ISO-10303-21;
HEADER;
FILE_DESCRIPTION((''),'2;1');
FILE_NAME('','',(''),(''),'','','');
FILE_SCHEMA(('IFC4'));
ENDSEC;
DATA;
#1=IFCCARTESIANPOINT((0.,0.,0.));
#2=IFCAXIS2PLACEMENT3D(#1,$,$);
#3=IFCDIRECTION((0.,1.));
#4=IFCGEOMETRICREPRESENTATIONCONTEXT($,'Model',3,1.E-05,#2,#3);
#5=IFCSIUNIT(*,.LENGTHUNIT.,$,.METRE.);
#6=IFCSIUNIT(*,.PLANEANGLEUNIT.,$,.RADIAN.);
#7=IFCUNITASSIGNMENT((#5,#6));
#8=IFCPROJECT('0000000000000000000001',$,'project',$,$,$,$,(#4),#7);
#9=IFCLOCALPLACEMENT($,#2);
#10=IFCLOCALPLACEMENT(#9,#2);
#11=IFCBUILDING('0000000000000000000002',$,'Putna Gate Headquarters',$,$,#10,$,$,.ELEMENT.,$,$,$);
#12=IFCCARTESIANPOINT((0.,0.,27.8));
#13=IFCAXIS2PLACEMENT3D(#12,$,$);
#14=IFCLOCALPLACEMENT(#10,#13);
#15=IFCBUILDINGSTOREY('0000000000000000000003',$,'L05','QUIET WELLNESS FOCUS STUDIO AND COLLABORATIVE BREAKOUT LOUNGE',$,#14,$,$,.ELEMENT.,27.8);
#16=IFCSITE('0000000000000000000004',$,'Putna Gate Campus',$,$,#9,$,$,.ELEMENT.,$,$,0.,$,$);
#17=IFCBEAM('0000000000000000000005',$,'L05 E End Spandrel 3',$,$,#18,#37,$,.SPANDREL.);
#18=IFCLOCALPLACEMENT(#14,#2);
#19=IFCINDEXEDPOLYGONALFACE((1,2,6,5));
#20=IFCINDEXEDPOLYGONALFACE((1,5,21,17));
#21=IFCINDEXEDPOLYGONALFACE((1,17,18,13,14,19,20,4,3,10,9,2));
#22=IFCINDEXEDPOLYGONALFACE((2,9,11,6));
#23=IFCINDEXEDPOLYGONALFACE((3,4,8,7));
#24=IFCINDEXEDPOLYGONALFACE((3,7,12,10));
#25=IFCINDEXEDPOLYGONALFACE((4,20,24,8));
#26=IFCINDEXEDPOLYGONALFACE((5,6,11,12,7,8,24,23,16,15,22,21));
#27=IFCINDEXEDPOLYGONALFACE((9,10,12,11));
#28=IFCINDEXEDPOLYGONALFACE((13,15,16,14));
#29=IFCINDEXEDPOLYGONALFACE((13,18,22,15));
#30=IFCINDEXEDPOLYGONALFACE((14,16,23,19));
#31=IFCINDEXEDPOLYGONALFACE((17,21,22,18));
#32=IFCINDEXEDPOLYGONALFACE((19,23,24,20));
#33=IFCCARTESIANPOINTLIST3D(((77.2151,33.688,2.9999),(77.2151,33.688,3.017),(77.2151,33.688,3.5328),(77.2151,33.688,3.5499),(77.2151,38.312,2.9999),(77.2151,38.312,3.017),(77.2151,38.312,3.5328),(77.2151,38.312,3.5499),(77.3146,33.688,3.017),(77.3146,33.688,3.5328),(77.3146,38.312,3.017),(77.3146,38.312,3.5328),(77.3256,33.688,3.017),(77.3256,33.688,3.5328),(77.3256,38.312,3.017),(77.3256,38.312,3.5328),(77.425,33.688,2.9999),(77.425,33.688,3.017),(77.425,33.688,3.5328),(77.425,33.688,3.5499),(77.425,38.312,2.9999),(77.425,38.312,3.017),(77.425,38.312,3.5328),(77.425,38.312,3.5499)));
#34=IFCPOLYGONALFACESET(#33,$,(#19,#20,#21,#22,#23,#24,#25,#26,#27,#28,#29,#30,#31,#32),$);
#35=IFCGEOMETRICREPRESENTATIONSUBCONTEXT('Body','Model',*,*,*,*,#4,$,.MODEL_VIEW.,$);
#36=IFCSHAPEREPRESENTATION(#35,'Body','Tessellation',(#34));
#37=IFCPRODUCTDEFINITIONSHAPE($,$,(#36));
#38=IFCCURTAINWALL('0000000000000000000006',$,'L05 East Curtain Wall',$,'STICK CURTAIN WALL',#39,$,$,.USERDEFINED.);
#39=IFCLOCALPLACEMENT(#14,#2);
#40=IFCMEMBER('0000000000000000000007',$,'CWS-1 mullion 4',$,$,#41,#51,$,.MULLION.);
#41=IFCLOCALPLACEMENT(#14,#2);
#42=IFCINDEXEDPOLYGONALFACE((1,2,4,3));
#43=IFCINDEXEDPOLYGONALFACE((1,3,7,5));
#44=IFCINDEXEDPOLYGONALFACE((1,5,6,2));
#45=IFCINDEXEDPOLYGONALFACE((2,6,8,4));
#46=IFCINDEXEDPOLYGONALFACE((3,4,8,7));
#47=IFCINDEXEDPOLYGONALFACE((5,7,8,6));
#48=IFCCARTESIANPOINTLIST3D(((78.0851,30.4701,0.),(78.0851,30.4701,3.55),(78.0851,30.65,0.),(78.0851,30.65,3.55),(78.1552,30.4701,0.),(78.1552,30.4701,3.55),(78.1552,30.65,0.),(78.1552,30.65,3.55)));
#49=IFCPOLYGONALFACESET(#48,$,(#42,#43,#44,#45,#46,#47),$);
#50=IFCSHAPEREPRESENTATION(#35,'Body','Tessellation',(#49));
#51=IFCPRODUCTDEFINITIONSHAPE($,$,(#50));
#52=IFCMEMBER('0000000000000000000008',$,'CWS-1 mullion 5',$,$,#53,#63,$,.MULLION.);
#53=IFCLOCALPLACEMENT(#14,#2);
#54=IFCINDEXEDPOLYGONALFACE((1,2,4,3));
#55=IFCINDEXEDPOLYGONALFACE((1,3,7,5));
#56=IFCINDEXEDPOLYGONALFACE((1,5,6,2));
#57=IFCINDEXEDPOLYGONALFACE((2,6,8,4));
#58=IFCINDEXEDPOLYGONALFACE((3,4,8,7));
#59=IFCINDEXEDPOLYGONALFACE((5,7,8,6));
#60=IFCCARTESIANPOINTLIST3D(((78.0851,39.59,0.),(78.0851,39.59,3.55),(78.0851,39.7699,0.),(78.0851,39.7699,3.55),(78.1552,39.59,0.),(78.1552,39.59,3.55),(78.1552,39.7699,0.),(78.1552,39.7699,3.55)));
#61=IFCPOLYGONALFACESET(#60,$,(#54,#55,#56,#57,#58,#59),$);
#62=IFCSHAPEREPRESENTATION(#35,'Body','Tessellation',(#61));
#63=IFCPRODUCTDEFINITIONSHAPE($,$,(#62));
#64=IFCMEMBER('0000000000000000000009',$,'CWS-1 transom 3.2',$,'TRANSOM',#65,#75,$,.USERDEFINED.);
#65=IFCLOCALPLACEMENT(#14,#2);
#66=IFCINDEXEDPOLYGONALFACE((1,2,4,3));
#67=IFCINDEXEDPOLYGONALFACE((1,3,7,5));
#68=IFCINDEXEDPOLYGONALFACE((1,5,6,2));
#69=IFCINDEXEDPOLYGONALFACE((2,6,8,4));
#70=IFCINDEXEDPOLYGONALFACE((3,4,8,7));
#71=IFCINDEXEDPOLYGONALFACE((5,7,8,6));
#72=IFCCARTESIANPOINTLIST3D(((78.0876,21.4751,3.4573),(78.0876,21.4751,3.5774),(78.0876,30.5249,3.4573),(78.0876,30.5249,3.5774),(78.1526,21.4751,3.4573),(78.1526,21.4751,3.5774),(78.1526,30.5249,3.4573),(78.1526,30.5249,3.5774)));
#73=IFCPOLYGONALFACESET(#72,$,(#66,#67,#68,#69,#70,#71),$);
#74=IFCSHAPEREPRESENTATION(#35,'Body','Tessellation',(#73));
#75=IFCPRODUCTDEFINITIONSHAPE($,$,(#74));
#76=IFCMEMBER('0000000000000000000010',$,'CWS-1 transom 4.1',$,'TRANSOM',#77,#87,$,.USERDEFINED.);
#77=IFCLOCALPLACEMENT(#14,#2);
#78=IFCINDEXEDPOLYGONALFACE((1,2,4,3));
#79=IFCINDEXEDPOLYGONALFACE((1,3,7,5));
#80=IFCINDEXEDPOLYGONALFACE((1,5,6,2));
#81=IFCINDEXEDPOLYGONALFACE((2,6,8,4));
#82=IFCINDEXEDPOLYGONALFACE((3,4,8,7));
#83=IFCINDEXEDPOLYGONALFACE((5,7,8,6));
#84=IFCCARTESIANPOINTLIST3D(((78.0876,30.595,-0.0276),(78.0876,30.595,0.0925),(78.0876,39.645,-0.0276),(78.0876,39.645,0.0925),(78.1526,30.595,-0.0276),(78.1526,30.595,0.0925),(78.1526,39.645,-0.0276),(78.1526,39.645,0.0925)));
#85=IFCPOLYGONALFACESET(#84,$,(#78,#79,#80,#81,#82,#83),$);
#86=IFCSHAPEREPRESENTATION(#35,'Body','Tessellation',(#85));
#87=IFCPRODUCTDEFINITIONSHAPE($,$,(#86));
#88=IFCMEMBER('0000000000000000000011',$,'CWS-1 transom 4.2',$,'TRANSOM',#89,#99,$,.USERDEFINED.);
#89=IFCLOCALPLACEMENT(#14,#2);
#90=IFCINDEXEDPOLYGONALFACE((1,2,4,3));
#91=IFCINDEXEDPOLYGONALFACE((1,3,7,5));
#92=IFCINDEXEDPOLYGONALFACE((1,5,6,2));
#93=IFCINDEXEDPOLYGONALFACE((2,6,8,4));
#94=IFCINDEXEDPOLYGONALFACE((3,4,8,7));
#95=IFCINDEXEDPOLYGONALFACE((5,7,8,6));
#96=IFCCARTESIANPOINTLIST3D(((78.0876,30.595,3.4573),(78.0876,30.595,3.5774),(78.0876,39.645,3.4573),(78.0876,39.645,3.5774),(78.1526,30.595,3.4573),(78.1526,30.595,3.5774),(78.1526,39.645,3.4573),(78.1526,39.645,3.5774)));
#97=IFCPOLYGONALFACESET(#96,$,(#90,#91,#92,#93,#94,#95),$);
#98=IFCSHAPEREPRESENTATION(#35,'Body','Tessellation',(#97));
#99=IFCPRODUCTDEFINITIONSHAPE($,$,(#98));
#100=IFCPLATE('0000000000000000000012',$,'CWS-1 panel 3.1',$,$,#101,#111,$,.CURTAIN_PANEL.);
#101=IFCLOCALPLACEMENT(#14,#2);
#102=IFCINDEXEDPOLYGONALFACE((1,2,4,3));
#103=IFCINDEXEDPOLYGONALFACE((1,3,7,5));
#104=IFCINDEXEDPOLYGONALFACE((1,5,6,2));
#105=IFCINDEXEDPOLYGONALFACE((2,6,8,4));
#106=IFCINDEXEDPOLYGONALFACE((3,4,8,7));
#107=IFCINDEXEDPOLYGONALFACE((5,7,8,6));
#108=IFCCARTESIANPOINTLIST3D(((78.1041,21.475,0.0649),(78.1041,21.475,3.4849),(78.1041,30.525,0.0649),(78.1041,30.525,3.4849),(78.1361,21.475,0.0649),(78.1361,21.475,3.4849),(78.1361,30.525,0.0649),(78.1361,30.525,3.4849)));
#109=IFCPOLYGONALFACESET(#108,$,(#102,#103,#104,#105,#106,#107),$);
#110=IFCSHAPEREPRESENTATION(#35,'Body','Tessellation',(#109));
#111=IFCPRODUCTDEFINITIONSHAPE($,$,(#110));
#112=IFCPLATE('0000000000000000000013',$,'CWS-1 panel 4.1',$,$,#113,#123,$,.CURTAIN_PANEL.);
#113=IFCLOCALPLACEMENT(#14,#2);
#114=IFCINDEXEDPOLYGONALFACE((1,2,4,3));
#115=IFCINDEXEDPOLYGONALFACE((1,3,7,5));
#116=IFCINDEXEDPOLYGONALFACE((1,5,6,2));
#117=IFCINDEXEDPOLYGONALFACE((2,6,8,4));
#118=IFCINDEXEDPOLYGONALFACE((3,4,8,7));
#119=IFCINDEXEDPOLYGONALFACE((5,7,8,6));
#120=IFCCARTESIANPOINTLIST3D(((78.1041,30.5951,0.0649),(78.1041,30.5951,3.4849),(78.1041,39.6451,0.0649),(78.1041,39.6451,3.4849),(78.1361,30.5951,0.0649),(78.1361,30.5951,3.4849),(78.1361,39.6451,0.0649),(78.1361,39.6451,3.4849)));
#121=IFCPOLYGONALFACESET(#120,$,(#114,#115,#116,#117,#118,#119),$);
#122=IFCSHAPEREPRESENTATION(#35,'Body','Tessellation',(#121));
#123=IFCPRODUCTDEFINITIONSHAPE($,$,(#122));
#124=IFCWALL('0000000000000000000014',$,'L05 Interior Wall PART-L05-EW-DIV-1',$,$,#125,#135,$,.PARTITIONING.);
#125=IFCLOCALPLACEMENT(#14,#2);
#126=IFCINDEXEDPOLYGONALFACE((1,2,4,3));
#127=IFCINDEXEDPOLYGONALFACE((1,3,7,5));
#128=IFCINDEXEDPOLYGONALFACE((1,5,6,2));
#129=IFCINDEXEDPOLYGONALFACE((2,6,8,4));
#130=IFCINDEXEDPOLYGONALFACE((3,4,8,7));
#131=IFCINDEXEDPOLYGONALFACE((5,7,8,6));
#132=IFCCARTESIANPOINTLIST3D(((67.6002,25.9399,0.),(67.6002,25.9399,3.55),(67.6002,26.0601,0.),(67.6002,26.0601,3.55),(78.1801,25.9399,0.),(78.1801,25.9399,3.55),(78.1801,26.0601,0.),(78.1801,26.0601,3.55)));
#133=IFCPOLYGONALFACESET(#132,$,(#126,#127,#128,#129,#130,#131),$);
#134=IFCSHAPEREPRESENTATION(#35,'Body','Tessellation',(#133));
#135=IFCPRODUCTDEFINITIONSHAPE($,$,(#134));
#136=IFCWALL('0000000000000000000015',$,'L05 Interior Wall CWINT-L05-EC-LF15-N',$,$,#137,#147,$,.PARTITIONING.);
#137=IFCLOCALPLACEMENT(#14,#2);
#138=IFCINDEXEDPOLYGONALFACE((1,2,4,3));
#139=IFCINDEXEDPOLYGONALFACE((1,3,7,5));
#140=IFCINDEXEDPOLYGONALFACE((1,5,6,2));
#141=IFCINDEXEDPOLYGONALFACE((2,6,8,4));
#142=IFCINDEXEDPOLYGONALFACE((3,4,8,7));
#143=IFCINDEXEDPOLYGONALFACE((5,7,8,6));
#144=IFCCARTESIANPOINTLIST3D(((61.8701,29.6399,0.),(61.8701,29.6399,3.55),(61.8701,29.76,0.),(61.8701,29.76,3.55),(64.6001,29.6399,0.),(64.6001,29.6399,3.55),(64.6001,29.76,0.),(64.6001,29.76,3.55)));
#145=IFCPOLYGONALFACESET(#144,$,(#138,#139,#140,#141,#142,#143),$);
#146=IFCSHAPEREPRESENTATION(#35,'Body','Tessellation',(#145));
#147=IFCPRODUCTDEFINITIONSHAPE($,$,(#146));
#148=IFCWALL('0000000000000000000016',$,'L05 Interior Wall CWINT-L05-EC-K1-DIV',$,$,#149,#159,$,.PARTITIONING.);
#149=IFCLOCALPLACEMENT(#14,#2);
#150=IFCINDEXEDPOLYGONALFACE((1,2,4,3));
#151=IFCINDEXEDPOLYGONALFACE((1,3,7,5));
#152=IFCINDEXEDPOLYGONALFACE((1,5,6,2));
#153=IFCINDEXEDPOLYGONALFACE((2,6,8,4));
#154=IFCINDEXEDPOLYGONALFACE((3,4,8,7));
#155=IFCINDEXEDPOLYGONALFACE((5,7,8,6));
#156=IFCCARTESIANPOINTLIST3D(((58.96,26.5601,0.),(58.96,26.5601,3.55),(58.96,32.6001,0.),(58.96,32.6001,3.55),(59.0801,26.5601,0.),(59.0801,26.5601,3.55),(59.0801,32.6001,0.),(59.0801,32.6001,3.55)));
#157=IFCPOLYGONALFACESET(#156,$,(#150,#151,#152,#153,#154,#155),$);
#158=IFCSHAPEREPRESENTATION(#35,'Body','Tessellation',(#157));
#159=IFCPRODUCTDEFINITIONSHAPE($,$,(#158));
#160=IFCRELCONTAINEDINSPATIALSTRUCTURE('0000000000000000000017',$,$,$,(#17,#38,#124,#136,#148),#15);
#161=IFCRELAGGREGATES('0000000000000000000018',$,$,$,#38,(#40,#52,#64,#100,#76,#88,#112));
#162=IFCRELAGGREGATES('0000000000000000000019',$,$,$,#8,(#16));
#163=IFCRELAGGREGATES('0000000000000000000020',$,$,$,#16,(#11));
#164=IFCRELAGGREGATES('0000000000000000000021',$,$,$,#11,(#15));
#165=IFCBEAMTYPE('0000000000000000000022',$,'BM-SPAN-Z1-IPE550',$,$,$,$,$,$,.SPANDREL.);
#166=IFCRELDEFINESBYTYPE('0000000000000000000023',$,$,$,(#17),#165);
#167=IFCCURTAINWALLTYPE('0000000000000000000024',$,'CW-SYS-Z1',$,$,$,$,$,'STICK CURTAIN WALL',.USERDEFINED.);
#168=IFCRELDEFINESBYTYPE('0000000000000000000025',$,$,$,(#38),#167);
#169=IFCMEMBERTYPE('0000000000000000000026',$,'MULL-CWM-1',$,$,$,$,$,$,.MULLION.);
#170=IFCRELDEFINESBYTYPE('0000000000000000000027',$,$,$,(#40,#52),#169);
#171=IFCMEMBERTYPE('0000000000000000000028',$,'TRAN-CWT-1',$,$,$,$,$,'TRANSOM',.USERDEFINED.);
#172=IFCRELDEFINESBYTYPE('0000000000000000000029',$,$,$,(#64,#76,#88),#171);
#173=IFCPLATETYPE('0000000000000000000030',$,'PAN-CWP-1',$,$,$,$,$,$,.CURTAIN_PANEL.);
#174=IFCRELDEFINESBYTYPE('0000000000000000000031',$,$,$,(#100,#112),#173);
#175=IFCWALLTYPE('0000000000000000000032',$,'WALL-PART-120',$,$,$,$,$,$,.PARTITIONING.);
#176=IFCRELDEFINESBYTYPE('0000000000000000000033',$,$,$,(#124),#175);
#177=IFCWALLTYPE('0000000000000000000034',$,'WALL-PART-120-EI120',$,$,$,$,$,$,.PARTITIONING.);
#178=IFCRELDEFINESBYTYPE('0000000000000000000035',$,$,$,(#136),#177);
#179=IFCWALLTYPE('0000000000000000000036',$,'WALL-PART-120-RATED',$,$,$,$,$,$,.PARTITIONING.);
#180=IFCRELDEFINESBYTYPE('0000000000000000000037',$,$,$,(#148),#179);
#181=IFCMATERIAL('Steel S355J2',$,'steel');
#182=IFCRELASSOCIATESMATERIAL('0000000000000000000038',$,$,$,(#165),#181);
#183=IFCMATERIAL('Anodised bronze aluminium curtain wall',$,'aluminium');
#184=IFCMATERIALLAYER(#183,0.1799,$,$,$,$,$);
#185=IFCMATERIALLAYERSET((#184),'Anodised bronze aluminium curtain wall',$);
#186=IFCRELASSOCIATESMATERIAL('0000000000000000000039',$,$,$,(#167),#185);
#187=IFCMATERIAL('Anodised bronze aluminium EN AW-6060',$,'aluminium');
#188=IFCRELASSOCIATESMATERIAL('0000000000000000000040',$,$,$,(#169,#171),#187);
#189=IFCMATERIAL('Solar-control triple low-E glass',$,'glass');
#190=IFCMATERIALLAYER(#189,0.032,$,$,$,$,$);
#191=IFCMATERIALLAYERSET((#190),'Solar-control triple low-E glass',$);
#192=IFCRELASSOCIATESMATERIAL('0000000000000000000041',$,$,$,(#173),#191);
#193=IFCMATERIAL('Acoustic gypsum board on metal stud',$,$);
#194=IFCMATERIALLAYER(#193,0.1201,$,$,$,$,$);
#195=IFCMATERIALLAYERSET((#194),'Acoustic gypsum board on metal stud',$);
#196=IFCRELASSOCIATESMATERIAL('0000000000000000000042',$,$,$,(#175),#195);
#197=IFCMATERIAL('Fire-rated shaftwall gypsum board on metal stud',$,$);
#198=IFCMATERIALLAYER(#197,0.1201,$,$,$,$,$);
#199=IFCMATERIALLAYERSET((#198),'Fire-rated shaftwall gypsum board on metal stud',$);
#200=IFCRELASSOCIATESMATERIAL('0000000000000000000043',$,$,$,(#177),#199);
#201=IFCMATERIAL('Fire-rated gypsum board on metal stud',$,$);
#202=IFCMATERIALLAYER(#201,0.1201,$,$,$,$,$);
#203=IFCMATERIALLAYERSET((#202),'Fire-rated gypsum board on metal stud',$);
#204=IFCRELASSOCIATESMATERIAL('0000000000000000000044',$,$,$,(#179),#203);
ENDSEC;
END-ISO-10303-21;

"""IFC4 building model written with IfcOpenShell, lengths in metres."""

from ifc_helpers import new_model, si_unit, direction, frame, frame_2d, origin, origin_2d, place, context, subcontext, project, spatial, rectangle, i_section, extrude, material, layer, layer_set, material_profile, profile_set, type_object, element, aggregate, save


model = new_model("IFC4")

# Units and contexts
model_context = context("Model", 3, precision=1e-05, world=origin(), true_north=direction((0.0, 1.0)))
body_context = subcontext(model_context, "Body", "Model", "MODEL_VIEW")
ifc_project = project(units=[si_unit("LENGTHUNIT", "METRE"), si_unit("PLANEANGLEUNIT", "RADIAN")], contexts=[model_context])

# Site, building, storey
site_placement = place(None, origin())
site = spatial("IfcSite", under=ifc_project, at=site_placement, Name="Putna Gate Campus", CompositionType="ELEMENT", RefElevation=0.0)
building_placement = place(site_placement, origin())
building = spatial("IfcBuilding", under=site, at=building_placement, Name="Putna Gate Headquarters", CompositionType="ELEMENT")
storey_placement = place(building_placement, frame((0.0, 0.0, 27.8)))
storey = spatial("IfcBuildingStorey", under=building, at=storey_placement, Name="L05", Description="QUIET WELLNESS FOCUS STUDIO AND COLLABORATIVE BREAKOUT LOUNGE", CompositionType="ELEMENT", Elevation=27.8)

# Beam
ifc_material_1 = material(Name="Steel S355J2", Category="steel")
ifc_material_profile_1 = material_profile(ifc_material_1, i_section(OverallWidth=0.21, OverallDepth=0.55, WebThickness=0.011, FlangeThickness=0.0171, at=origin_2d()), Name="Steel S355J2")
ifc_profile_set_1 = profile_set([ifc_material_profile_1], Name="Steel S355J2")
beam_type_1 = type_object("IfcBeamType", Name="BM-SPAN-Z1-IPE550", PredefinedType="SPANDREL", material=ifc_profile_set_1)
beam_1_placement = place(storey_placement, frame((77.3201, 33.688, 3.2749), z_axis=(0.0, 1.0, 0.0), x_axis=(-1.0, 0.0, 0.0)))
element("IfcBeam", 1, at=beam_1_placement, inside=storey, type_object=beam_type_1, Name="L05 E End Spandrel 3", PredefinedType="SPANDREL", context=body_context, shape_type="SweptSolid", body=[
    extrude(i_section(OverallWidth=0.21, OverallDepth=0.55, WebThickness=0.011, FlangeThickness=0.0171, at=origin_2d()), origin(), (0.0, 0.0, 1.0), 4.624),
])

# Curtain wall, members, plates
ifc_material_2 = material(Name="Anodised bronze aluminium curtain wall", Category="aluminium")
ifc_layer_1 = layer(ifc_material_2, 0.1799)
ifc_layer_set_1 = layer_set([ifc_layer_1], Name="Anodised bronze aluminium curtain wall")
curtain_wall_type = type_object("IfcCurtainWallType", Name="CW-SYS-Z1", ElementType="STICK CURTAIN WALL", PredefinedType="USERDEFINED", material=ifc_layer_set_1)
curtain_wall_placement = place(storey_placement, origin())
curtain_wall = element("IfcCurtainWall", 2, at=curtain_wall_placement, inside=storey, type_object=curtain_wall_type, Name="L05 East Curtain Wall", ObjectType="STICK CURTAIN WALL", PredefinedType="USERDEFINED")
ifc_material_3 = material(Name="Anodised bronze aluminium EN AW-6060", Category="aluminium")
ifc_material_profile_2 = material_profile(ifc_material_3, rectangle(XDim=0.0701, YDim=0.1799, at=origin_2d()), Name="Anodised bronze aluminium EN AW-6060")
ifc_profile_set_2 = profile_set([ifc_material_profile_2], Name="Anodised bronze aluminium EN AW-6060")
member_type_1 = type_object("IfcMemberType", Name="MULL-CWM-1", PredefinedType="MULLION", material=ifc_profile_set_2)
member_1_placement = place(storey_placement, frame((78.1201, 30.5601, 0.0), z_axis=(0.0, 0.0, 1.0), x_axis=(-1.0, 0.0, 0.0)))
member_1 = element("IfcMember", 3, at=member_1_placement, type_object=member_type_1, Name="CWS-1 mullion 4", PredefinedType="MULLION", context=body_context, shape_type="SweptSolid", body=[
    extrude(rectangle(XDim=0.0701, YDim=0.1799, at=origin_2d()), origin(), (0.0, 0.0, 1.0), 3.55),
])
member_2_placement = place(storey_placement, frame((78.1201, 39.6799, 0.0), z_axis=(0.0, 0.0, 1.0), x_axis=(-1.0, 0.0, 0.0)))
member_2 = element("IfcMember", 4, at=member_2_placement, type_object=member_type_1, Name="CWS-1 mullion 5", PredefinedType="MULLION", context=body_context, shape_type="SweptSolid", body=[
    extrude(rectangle(XDim=0.0701, YDim=0.1799, at=origin_2d()), origin(), (0.0, 0.0, 1.0), 3.55),
])
ifc_material_profile_3 = material_profile(ifc_material_3, rectangle(XDim=0.0649, YDim=0.1201, at=origin_2d()), Name="Anodised bronze aluminium EN AW-6060")
ifc_profile_set_3 = profile_set([ifc_material_profile_3], Name="Anodised bronze aluminium EN AW-6060")
member_type_2 = type_object("IfcMemberType", Name="TRAN-CWT-1", ElementType="TRANSOM", PredefinedType="USERDEFINED", material=ifc_profile_set_3)
member_3_placement = place(storey_placement, frame((78.1201, 21.4751, 3.5173), z_axis=(0.0, 1.0, 0.0), x_axis=(-1.0, 0.0, 0.0)))
member_3 = element("IfcMember", 5, at=member_3_placement, type_object=member_type_2, Name="CWS-1 transom 3.2", ObjectType="TRANSOM", PredefinedType="USERDEFINED", context=body_context, shape_type="SweptSolid", body=[
    extrude(rectangle(XDim=0.0649, YDim=0.1201, at=origin_2d()), origin(), (0.0, 0.0, 1.0), 9.0498),
])
member_4_placement = place(storey_placement, frame((78.1201, 30.595, 0.0325), z_axis=(0.0, 1.0, 0.0), x_axis=(-1.0, 0.0, 0.0)))
member_4 = element("IfcMember", 6, at=member_4_placement, type_object=member_type_2, Name="CWS-1 transom 4.1", ObjectType="TRANSOM", PredefinedType="USERDEFINED", context=body_context, shape_type="SweptSolid", body=[
    extrude(rectangle(XDim=0.0649, YDim=0.1201, at=origin_2d()), origin(), (0.0, 0.0, 1.0), 9.05),
])
member_5_placement = place(storey_placement, frame((78.1201, 30.595, 3.5173), z_axis=(0.0, 1.0, 0.0), x_axis=(-1.0, 0.0, 0.0)))
member_5 = element("IfcMember", 7, at=member_5_placement, type_object=member_type_2, Name="CWS-1 transom 4.2", ObjectType="TRANSOM", PredefinedType="USERDEFINED", context=body_context, shape_type="SweptSolid", body=[
    extrude(rectangle(XDim=0.0649, YDim=0.1201, at=origin_2d()), origin(), (0.0, 0.0, 1.0), 9.05),
])
ifc_material_4 = material(Name="Solar-control triple low-E glass", Category="glass")
ifc_layer_2 = layer(ifc_material_4, 0.032)
ifc_layer_set_2 = layer_set([ifc_layer_2], Name="Solar-control triple low-E glass")
plate_type = type_object("IfcPlateType", Name="PAN-CWP-1", PredefinedType="CURTAIN_PANEL", material=ifc_layer_set_2)
plate_1_placement = place(storey_placement, frame((78.1201, 26.0, 0.0649), z_axis=(0.0, 0.0, 1.0), x_axis=(0.0, 1.0, 0.0)))
plate_1 = element("IfcPlate", 8, at=plate_1_placement, type_object=plate_type, Name="CWS-1 panel 3.1", PredefinedType="CURTAIN_PANEL", context=body_context, shape_type="SweptSolid", body=[
    extrude(rectangle(XDim=9.05, YDim=0.032, at=origin_2d()), origin(), (0.0, 0.0, 1.0), 3.4199),
])
plate_2_placement = place(storey_placement, frame((78.1201, 35.1201, 0.0649), z_axis=(0.0, 0.0, 1.0), x_axis=(0.0, 1.0, 0.0)))
plate_2 = element("IfcPlate", 9, at=plate_2_placement, type_object=plate_type, Name="CWS-1 panel 4.1", PredefinedType="CURTAIN_PANEL", context=body_context, shape_type="SweptSolid", body=[
    extrude(rectangle(XDim=9.05, YDim=0.032, at=origin_2d()), origin(), (0.0, 0.0, 1.0), 3.4199),
])
aggregate(curtain_wall, [member_1, member_2, member_3, plate_1, member_4, member_5, plate_2])

# Walls
ifc_material_5 = material(Name="Acoustic gypsum board on metal stud")
ifc_layer_3 = layer(ifc_material_5, 0.1201)
ifc_layer_set_3 = layer_set([ifc_layer_3], Name="Acoustic gypsum board on metal stud")
wall_type_1 = type_object("IfcWallType", Name="WALL-PART-120", PredefinedType="PARTITIONING", material=ifc_layer_set_3)
wall_1_placement = place(storey_placement, frame((67.6001, 26.0, 0.0), z_axis=(0.0, 0.0, 1.0), x_axis=(1.0, 0.0, 0.0)))
element("IfcWall", 10, at=wall_1_placement, inside=storey, type_object=wall_type_1, Name="L05 Interior Wall PART-L05-EW-DIV-1", PredefinedType="PARTITIONING", context=body_context, shape_type="SweptSolid", body=[
    extrude(rectangle(XDim=10.5798, YDim=0.1201, at=frame_2d((5.29, 0.0))), origin(), (0.0, 0.0, 1.0), 3.55),
])
ifc_material_6 = material(Name="Fire-rated shaftwall gypsum board on metal stud")
ifc_layer_4 = layer(ifc_material_6, 0.1201)
ifc_layer_set_4 = layer_set([ifc_layer_4], Name="Fire-rated shaftwall gypsum board on metal stud")
wall_type_2 = type_object("IfcWallType", Name="WALL-PART-120-EI120", PredefinedType="PARTITIONING", material=ifc_layer_set_4)
wall_2_placement = place(storey_placement, frame((61.8701, 29.7, 0.0), z_axis=(0.0, 0.0, 1.0), x_axis=(1.0, 0.0, 0.0)))
element("IfcWall", 11, at=wall_2_placement, inside=storey, type_object=wall_type_2, Name="L05 Interior Wall CWINT-L05-EC-LF15-N", PredefinedType="PARTITIONING", context=body_context, shape_type="SweptSolid", body=[
    extrude(rectangle(XDim=2.73, YDim=0.1201, at=frame_2d((1.365, 0.0))), origin(), (0.0, 0.0, 1.0), 3.55),
])
ifc_material_7 = material(Name="Fire-rated gypsum board on metal stud")
ifc_layer_5 = layer(ifc_material_7, 0.1201)
ifc_layer_set_5 = layer_set([ifc_layer_5], Name="Fire-rated gypsum board on metal stud")
wall_type_3 = type_object("IfcWallType", Name="WALL-PART-120-RATED", PredefinedType="PARTITIONING", material=ifc_layer_set_5)
wall_3_placement = place(storey_placement, frame((59.02, 26.5601, 0.0), z_axis=(0.0, 0.0, 1.0), x_axis=(0.0, 1.0, 0.0)))
element("IfcWall", 12, at=wall_3_placement, inside=storey, type_object=wall_type_3, Name="L05 Interior Wall CWINT-L05-EC-K1-DIV", PredefinedType="PARTITIONING", context=body_context, shape_type="SweptSolid", body=[
    extrude(rectangle(XDim=6.04, YDim=0.1201, at=frame_2d((3.02, 0.0))), origin(), (0.0, 0.0, 1.0), 3.55),
])

save(model, "model.ifc")
